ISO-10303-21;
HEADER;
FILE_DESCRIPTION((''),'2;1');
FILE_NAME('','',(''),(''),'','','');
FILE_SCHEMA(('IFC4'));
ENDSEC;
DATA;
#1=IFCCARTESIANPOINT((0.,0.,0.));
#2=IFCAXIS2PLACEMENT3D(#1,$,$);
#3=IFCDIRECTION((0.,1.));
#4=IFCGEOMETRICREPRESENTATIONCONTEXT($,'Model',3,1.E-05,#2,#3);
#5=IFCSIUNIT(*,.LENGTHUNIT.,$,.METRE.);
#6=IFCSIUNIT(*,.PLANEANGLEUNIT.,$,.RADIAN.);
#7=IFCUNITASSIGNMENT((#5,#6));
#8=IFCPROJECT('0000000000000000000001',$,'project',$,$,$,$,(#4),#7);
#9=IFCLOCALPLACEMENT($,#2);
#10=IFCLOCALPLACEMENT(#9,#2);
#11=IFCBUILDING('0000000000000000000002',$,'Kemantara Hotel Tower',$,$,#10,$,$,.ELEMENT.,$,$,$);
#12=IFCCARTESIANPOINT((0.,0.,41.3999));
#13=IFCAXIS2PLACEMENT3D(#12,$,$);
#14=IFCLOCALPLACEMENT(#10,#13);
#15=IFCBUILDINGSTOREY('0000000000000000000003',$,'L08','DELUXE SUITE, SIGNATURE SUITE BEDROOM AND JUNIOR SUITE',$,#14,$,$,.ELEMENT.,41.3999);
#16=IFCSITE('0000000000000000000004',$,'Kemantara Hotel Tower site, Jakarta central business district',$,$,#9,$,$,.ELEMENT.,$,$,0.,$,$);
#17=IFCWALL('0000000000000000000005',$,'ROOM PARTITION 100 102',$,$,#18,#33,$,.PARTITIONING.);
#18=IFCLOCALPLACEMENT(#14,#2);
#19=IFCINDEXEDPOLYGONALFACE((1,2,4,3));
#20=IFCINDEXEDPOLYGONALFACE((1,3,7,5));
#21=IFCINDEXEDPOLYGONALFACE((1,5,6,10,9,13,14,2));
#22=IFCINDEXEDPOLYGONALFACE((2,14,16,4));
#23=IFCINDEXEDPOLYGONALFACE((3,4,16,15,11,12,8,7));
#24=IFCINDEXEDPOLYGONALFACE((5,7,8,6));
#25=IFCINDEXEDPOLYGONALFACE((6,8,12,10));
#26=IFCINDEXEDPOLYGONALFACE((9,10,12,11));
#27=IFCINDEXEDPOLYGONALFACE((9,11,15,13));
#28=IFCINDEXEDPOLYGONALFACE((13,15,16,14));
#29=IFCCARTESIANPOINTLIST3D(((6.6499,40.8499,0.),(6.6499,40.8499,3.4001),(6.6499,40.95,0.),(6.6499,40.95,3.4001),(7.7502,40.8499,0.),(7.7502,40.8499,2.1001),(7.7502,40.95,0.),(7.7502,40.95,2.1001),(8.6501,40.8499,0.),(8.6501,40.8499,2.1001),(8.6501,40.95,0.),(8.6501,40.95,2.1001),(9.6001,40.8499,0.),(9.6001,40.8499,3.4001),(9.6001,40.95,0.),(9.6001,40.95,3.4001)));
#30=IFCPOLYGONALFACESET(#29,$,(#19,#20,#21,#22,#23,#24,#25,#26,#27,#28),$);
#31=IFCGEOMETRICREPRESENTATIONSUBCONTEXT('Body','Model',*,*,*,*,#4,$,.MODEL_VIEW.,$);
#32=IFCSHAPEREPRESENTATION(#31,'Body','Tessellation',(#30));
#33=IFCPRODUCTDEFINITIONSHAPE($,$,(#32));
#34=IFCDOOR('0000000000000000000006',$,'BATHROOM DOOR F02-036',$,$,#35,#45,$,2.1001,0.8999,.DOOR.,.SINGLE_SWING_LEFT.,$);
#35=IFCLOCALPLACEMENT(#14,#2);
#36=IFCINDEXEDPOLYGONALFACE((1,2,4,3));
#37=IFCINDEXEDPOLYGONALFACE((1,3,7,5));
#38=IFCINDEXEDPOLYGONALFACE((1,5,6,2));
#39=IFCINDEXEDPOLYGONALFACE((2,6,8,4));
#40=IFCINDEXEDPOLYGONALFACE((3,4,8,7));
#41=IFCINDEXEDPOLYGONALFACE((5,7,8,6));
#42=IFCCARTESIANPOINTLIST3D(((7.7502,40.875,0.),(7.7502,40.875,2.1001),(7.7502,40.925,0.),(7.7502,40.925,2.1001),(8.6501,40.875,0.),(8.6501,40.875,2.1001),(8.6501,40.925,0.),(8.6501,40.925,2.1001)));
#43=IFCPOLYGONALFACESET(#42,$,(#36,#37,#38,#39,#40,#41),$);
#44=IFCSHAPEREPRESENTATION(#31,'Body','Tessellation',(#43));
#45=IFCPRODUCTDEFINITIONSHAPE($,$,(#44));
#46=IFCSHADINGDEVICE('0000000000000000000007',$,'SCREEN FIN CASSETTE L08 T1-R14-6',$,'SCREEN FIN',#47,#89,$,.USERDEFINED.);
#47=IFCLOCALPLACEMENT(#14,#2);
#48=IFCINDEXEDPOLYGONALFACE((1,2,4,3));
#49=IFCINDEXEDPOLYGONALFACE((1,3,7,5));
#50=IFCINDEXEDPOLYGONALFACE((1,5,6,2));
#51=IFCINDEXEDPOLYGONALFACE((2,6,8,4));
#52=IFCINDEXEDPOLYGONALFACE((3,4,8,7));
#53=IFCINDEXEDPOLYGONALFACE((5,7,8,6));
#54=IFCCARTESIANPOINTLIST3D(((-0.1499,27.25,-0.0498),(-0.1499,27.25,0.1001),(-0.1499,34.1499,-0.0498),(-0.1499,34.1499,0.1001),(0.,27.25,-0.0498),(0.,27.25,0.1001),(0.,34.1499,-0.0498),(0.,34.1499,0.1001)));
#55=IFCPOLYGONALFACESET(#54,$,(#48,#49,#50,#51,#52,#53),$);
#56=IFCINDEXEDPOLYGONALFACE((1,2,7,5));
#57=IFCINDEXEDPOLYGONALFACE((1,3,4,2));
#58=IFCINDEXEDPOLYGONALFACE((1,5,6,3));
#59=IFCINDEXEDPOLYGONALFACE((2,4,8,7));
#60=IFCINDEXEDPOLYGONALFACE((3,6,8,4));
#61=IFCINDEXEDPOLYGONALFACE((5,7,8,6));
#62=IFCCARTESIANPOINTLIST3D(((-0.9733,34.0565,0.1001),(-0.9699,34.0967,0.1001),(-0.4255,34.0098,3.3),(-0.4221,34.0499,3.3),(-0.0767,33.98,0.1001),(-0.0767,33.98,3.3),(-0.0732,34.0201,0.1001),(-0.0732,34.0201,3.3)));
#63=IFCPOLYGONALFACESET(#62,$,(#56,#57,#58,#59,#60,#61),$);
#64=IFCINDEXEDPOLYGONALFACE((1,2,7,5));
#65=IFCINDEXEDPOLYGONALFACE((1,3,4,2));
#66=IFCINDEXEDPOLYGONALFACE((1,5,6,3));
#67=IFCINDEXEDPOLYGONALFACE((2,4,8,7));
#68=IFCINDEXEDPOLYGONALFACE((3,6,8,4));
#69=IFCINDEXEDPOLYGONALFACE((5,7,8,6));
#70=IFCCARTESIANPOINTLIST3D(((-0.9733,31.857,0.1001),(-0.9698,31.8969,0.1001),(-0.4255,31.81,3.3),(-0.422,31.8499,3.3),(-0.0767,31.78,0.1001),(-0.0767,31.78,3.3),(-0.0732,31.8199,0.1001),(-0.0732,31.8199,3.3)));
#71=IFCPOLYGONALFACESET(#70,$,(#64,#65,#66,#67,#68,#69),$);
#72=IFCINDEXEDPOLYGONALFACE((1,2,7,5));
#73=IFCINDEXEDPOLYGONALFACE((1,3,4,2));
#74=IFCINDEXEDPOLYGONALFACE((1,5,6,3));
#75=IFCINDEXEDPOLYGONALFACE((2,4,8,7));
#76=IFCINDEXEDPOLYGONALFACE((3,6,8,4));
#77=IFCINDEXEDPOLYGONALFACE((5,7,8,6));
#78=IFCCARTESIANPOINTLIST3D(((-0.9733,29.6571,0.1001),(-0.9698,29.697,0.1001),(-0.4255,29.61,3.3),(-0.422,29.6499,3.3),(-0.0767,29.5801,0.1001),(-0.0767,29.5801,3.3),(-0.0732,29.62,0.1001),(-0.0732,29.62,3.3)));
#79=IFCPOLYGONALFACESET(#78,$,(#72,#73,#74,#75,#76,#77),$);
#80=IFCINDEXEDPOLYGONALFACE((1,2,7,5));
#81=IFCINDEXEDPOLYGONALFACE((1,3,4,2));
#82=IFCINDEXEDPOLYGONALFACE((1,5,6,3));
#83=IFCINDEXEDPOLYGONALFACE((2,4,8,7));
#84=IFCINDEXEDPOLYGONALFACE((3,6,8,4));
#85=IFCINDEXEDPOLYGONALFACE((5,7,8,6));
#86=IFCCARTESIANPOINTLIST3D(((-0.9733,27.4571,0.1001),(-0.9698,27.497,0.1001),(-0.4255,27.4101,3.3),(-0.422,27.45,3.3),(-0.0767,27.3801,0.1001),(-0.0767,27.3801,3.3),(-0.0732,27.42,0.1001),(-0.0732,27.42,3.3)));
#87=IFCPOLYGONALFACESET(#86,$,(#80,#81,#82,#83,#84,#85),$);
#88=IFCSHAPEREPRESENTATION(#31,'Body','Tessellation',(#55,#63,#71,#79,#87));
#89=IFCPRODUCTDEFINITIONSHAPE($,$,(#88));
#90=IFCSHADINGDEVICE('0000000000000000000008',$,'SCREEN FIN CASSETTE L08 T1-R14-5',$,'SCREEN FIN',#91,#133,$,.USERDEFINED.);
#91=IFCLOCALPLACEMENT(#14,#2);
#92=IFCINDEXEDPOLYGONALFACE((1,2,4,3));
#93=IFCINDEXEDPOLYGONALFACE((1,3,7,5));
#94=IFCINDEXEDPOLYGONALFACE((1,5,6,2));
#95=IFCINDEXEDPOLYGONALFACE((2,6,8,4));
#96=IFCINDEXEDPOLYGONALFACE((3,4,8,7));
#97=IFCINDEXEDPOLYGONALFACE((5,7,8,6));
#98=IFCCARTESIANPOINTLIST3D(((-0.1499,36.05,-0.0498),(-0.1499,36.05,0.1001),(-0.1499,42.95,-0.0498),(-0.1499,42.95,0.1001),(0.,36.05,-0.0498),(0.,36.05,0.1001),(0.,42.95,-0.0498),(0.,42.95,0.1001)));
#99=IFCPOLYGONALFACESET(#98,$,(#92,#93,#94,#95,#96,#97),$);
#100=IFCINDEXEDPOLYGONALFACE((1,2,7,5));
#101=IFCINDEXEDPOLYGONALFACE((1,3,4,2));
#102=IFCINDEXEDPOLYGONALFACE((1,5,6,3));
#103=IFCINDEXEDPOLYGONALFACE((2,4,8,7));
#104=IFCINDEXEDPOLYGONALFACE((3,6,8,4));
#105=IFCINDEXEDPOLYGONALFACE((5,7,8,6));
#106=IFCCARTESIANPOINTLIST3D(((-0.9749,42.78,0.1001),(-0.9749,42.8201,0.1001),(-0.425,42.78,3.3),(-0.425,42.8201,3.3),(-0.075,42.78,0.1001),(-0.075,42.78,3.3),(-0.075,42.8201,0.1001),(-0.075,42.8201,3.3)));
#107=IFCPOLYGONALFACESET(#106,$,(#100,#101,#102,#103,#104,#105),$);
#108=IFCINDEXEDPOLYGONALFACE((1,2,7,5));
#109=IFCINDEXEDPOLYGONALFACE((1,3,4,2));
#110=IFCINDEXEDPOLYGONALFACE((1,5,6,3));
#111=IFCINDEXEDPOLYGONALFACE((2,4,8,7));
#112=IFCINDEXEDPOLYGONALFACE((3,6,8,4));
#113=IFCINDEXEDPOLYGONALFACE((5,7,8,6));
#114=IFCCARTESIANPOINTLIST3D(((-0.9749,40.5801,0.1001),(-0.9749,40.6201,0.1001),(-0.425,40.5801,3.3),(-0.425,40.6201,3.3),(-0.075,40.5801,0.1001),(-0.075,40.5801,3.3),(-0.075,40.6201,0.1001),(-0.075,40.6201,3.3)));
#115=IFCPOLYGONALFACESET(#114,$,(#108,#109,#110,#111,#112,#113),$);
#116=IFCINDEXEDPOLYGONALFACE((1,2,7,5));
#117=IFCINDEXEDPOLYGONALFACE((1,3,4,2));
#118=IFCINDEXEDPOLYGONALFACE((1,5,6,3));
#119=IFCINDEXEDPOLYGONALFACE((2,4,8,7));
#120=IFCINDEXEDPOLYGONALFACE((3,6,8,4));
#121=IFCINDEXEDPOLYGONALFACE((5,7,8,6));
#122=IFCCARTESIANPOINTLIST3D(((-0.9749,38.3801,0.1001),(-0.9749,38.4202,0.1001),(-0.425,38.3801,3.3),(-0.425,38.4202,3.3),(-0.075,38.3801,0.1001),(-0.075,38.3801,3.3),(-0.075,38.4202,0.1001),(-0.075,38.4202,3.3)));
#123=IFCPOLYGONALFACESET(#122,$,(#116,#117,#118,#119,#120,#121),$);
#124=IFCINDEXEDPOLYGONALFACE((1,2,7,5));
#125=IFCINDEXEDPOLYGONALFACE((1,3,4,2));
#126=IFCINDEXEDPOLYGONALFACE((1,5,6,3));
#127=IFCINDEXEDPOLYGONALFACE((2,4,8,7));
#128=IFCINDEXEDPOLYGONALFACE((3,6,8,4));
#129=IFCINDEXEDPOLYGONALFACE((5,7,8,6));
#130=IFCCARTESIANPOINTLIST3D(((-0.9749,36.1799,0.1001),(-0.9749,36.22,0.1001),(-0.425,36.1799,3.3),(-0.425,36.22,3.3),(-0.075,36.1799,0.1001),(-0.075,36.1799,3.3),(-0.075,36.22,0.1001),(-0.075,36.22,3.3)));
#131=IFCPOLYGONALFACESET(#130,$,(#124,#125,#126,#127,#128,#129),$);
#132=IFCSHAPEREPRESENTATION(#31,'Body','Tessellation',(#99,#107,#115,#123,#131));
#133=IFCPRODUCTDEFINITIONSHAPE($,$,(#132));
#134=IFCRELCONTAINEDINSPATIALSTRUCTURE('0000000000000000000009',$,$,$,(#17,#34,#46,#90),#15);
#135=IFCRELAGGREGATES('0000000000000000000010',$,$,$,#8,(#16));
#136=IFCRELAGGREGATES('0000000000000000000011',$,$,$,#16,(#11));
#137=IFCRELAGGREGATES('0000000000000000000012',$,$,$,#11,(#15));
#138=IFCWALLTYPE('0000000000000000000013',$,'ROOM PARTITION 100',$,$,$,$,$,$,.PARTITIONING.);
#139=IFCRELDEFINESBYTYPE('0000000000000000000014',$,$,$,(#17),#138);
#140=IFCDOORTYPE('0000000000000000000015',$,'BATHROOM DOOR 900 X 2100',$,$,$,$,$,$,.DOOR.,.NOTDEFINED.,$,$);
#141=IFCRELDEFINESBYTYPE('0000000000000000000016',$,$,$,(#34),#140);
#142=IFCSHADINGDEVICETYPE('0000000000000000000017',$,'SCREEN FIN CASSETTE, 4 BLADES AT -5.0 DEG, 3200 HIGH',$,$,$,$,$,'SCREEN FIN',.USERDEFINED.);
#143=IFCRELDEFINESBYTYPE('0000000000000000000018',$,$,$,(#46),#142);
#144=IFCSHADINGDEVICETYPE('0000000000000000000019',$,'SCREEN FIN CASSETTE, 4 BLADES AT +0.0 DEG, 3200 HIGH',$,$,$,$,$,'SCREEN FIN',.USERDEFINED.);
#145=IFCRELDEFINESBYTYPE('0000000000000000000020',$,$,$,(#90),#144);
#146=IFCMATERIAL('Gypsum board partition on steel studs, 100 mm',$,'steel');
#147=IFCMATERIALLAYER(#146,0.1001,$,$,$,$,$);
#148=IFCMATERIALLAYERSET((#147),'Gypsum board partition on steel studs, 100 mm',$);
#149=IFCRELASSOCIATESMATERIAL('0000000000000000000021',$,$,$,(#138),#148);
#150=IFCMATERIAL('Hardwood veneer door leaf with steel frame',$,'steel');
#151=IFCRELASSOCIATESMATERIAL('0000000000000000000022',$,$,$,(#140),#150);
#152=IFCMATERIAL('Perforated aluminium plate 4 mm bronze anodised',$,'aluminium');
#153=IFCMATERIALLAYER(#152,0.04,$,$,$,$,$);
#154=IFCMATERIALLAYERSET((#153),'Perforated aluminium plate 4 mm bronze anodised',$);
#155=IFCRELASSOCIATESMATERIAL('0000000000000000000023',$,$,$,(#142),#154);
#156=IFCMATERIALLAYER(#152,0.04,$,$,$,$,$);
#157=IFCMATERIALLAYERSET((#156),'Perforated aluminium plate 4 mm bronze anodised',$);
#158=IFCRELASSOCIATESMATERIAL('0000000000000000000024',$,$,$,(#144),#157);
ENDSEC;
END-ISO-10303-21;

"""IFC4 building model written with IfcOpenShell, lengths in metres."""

from ifc_helpers import new_model, si_unit, direction, frame, frame_2d, origin, origin_2d, place, context, subcontext, project, spatial, polyline, rectangle, outline, extrude, source, transform, mapped, material, layer, layer_set, type_object, element, fill, save


model = new_model("IFC4")

# Units and contexts
model_context = context("Model", 3, precision=1e-05, world=origin(), true_north=direction((0.0, 1.0)))
body_context = subcontext(model_context, "Body", "Model", "MODEL_VIEW")
ifc_project = project(units=[si_unit("LENGTHUNIT", "METRE"), si_unit("PLANEANGLEUNIT", "RADIAN")], contexts=[model_context])

# Site, building, storey
site_placement = place(None, origin())
site = spatial("IfcSite", under=ifc_project, at=site_placement, Name="Kemantara Hotel Tower site, Jakarta central business district", CompositionType="ELEMENT", RefElevation=0.0)
building_placement = place(site_placement, origin())
building = spatial("IfcBuilding", under=site, at=building_placement, Name="Kemantara Hotel Tower", CompositionType="ELEMENT")
storey_placement = place(building_placement, frame((0.0, 0.0, 41.3999)))
storey = spatial("IfcBuildingStorey", under=building, at=storey_placement, Name="L08", Description="DELUXE SUITE, SIGNATURE SUITE BEDROOM AND JUNIOR SUITE", CompositionType="ELEMENT", Elevation=41.3999)

# Shared definitions
ifc_material_1 = material(Name="Hardwood veneer door leaf with steel frame", Category="steel")

# Shared definitions
ifc_material_2 = material(Name="Gypsum board partition on steel studs, 100 mm", Category="steel")
ifc_layer_1 = layer(ifc_material_2, 0.1001)
ifc_layer_set_1 = layer_set([ifc_layer_1], Name="Gypsum board partition on steel studs, 100 mm")
wall_type_1 = type_object("IfcWallType", Name="ROOM PARTITION 100", PredefinedType="PARTITIONING", material=ifc_layer_set_1)

# Shared definitions
door_type_1 = type_object("IfcDoorType", Name="BATHROOM DOOR 900 X 2100", OperationType="NOTDEFINED", PredefinedType="DOOR", material=ifc_material_1)

# Wall, opening, door
wall_1_placement = place(storey_placement, frame((9.6001, 40.8999, 0.0), z_axis=(0.0, 0.0, 1.0), x_axis=(-1.0, 0.0, 0.0)))
wall_1 = element("IfcWall", 1, at=wall_1_placement, inside=storey, type_object=wall_type_1, Name="ROOM PARTITION 100 102", PredefinedType="PARTITIONING", context=body_context, shape_type="SweptSolid", body=[
    extrude(rectangle(XDim=2.9502, YDim=0.1001, at=frame_2d((1.4751, 0.0))), origin(), (0.0, 0.0, 1.0), 3.4001),
])
opening_1_placement = place(wall_1_placement, frame((0.95, 0.0, 0.0)))
opening_1 = element("IfcOpeningElement", 2, at=opening_1_placement, cuts=wall_1, PredefinedType="OPENING", context=body_context, shape_type="SweptSolid", body=[
    extrude(rectangle(XDim=0.8999, YDim=2.1001, at=frame_2d((0.45, 1.05))), frame((0.0, 0.0601, 0.0), z_axis=(0.0, -1.0, 0.0), x_axis=(1.0, 0.0, 0.0)), (0.0, 0.0, 1.0), 0.1201),
])
door_1_placement = place(opening_1_placement, origin())
door_1 = element("IfcDoor", 3, at=door_1_placement, inside=storey, type_object=door_type_1, Name="BATHROOM DOOR F02-036", OperationType="SINGLE_SWING_LEFT", OverallHeight=2.1001, OverallWidth=0.8999, PredefinedType="DOOR", context=body_context, shape_type="SweptSolid", body=[
    extrude(rectangle(XDim=0.8999, YDim=2.1001, at=frame_2d((0.45, 1.05))), frame((0.0, 0.0249, 0.0), z_axis=(0.0, -1.0, 0.0), x_axis=(1.0, 0.0, 0.0)), (0.0, 0.0, 1.0), 0.05),
])
fill(opening_1, door_1)

# Shading devices
ifc_material_3 = material(Name="Perforated aluminium plate 4 mm bronze anodised", Category="aluminium")
ifc_layer_2 = layer(ifc_material_3, 0.04)
ifc_layer_set_2 = layer_set([ifc_layer_2], Name="Perforated aluminium plate 4 mm bronze anodised")
shading_device_type_1 = type_object("IfcShadingDeviceType", Name="SCREEN FIN CASSETTE, 4 BLADES AT -5.0 DEG, 3200 HIGH", ElementType="SCREEN FIN", PredefinedType="USERDEFINED", material=ifc_layer_set_2)
shared_shape_1 = source(origin(), body_context, "Body", "SweptSolid", [
    extrude(rectangle(XDim=6.8999, YDim=0.1499, at=origin_2d()), frame((3.3, -0.075, -0.1499), z_axis=(0.0, 0.0, 1.0), x_axis=(1.0, 0.0, 0.0)), (0.0, 0.0, 1.0), 0.1499),
    extrude(outline(polyline([(0.0, 0.0), (0.8999, 0.0), (0.3501, 3.2), (0.0, 3.2), (0.0, 0.0)])), frame((0.02, -0.0767, 0.0), z_axis=(-0.996376, 0.085056, 0.0), x_axis=(-0.085056, -0.996376, 0.0)), (0.0, 0.0, 1.0), 0.0403),
    extrude(outline(polyline([(0.0, 0.0), (0.8999, 0.0), (0.3501, 3.2), (0.0, 3.2), (0.0, 0.0)])), frame((2.22, -0.0767, 0.0), z_axis=(-0.996332, 0.085575, 0.0), x_axis=(-0.085575, -0.996332, 0.0)), (0.0, 0.0, 1.0), 0.04),
    extrude(outline(polyline([(0.0, 0.0), (0.8999, 0.0), (0.3501, 3.2), (0.0, 3.2), (0.0, 0.0)])), frame((4.4199, -0.0767, 0.0), z_axis=(-0.996332, 0.085575, 0.0), x_axis=(-0.085575, -0.996332, 0.0)), (0.0, 0.0, 1.0), 0.04),
    extrude(outline(polyline([(0.0, 0.0), (0.8999, 0.0), (0.3501, 3.2), (0.0, 3.2), (0.0, 0.0)])), frame((6.6199, -0.0767, 0.0), z_axis=(-0.996332, 0.085575, 0.0), x_axis=(-0.085575, -0.996332, 0.0)), (0.0, 0.0, 1.0), 0.04),
])
shading_device_1_placement = place(storey_placement, frame((0.0, 34.0, 0.1001), z_axis=(0.0, 0.0, 1.0), x_axis=(0.0, -1.0, 0.0)))
element("IfcShadingDevice", 4, at=shading_device_1_placement, inside=storey, type_object=shading_device_type_1, Name="SCREEN FIN CASSETTE L08 T1-R14-6", ObjectType="SCREEN FIN", PredefinedType="USERDEFINED", context=body_context, shape_type="MappedRepresentation", body=[
    mapped(shared_shape_1, transform((0.0, 0.0, 0.0))),
])
ifc_layer_3 = layer(ifc_material_3, 0.04)
ifc_layer_set_3 = layer_set([ifc_layer_3], Name="Perforated aluminium plate 4 mm bronze anodised")
shading_device_type_2 = type_object("IfcShadingDeviceType", Name="SCREEN FIN CASSETTE, 4 BLADES AT +0.0 DEG, 3200 HIGH", ElementType="SCREEN FIN", PredefinedType="USERDEFINED", material=ifc_layer_set_3)
shared_shape_2 = source(origin(), body_context, "Body", "SweptSolid", [
    extrude(rectangle(XDim=6.8999, YDim=0.1499, at=origin_2d()), frame((3.3, -0.075, -0.1499), z_axis=(0.0, 0.0, 1.0), x_axis=(1.0, 0.0, 0.0)), (0.0, 0.0, 1.0), 0.1499),
    extrude(outline(polyline([(0.0, 0.0), (0.8999, 0.0), (0.3501, 3.2), (0.0, 3.2), (0.0, 0.0)])), frame((0.02, -0.075, 0.0), z_axis=(-1.0, 0.0, 0.0), x_axis=(0.0, -1.0, 0.0)), (0.0, 0.0, 1.0), 0.04),
    extrude(outline(polyline([(0.0, 0.0), (0.8999, 0.0), (0.3501, 3.2), (0.0, 3.2), (0.0, 0.0)])), frame((2.22, -0.075, 0.0), z_axis=(-1.0, 0.0, 0.0), x_axis=(0.0, -1.0, 0.0)), (0.0, 0.0, 1.0), 0.04),
    extrude(outline(polyline([(0.0, 0.0), (0.8999, 0.0), (0.3501, 3.2), (0.0, 3.2), (0.0, 0.0)])), frame((4.4199, -0.075, 0.0), z_axis=(-1.0, 0.0, 0.0), x_axis=(0.0, -1.0, 0.0)), (0.0, 0.0, 1.0), 0.04),
    extrude(outline(polyline([(0.0, 0.0), (0.8999, 0.0), (0.3501, 3.2), (0.0, 3.2), (0.0, 0.0)])), frame((6.6201, -0.075, 0.0), z_axis=(-1.0, 0.0, 0.0), x_axis=(0.0, -1.0, 0.0)), (0.0, 0.0, 1.0), 0.04),
])
shading_device_2_placement = place(storey_placement, frame((0.0, 42.8, 0.1001), z_axis=(0.0, 0.0, 1.0), x_axis=(0.0, -1.0, 0.0)))
element("IfcShadingDevice", 5, at=shading_device_2_placement, inside=storey, type_object=shading_device_type_2, Name="SCREEN FIN CASSETTE L08 T1-R14-5", ObjectType="SCREEN FIN", PredefinedType="USERDEFINED", context=body_context, shape_type="MappedRepresentation", body=[
    mapped(shared_shape_2, transform((0.0, 0.0, 0.0))),
])

save(model, "model.ifc")
